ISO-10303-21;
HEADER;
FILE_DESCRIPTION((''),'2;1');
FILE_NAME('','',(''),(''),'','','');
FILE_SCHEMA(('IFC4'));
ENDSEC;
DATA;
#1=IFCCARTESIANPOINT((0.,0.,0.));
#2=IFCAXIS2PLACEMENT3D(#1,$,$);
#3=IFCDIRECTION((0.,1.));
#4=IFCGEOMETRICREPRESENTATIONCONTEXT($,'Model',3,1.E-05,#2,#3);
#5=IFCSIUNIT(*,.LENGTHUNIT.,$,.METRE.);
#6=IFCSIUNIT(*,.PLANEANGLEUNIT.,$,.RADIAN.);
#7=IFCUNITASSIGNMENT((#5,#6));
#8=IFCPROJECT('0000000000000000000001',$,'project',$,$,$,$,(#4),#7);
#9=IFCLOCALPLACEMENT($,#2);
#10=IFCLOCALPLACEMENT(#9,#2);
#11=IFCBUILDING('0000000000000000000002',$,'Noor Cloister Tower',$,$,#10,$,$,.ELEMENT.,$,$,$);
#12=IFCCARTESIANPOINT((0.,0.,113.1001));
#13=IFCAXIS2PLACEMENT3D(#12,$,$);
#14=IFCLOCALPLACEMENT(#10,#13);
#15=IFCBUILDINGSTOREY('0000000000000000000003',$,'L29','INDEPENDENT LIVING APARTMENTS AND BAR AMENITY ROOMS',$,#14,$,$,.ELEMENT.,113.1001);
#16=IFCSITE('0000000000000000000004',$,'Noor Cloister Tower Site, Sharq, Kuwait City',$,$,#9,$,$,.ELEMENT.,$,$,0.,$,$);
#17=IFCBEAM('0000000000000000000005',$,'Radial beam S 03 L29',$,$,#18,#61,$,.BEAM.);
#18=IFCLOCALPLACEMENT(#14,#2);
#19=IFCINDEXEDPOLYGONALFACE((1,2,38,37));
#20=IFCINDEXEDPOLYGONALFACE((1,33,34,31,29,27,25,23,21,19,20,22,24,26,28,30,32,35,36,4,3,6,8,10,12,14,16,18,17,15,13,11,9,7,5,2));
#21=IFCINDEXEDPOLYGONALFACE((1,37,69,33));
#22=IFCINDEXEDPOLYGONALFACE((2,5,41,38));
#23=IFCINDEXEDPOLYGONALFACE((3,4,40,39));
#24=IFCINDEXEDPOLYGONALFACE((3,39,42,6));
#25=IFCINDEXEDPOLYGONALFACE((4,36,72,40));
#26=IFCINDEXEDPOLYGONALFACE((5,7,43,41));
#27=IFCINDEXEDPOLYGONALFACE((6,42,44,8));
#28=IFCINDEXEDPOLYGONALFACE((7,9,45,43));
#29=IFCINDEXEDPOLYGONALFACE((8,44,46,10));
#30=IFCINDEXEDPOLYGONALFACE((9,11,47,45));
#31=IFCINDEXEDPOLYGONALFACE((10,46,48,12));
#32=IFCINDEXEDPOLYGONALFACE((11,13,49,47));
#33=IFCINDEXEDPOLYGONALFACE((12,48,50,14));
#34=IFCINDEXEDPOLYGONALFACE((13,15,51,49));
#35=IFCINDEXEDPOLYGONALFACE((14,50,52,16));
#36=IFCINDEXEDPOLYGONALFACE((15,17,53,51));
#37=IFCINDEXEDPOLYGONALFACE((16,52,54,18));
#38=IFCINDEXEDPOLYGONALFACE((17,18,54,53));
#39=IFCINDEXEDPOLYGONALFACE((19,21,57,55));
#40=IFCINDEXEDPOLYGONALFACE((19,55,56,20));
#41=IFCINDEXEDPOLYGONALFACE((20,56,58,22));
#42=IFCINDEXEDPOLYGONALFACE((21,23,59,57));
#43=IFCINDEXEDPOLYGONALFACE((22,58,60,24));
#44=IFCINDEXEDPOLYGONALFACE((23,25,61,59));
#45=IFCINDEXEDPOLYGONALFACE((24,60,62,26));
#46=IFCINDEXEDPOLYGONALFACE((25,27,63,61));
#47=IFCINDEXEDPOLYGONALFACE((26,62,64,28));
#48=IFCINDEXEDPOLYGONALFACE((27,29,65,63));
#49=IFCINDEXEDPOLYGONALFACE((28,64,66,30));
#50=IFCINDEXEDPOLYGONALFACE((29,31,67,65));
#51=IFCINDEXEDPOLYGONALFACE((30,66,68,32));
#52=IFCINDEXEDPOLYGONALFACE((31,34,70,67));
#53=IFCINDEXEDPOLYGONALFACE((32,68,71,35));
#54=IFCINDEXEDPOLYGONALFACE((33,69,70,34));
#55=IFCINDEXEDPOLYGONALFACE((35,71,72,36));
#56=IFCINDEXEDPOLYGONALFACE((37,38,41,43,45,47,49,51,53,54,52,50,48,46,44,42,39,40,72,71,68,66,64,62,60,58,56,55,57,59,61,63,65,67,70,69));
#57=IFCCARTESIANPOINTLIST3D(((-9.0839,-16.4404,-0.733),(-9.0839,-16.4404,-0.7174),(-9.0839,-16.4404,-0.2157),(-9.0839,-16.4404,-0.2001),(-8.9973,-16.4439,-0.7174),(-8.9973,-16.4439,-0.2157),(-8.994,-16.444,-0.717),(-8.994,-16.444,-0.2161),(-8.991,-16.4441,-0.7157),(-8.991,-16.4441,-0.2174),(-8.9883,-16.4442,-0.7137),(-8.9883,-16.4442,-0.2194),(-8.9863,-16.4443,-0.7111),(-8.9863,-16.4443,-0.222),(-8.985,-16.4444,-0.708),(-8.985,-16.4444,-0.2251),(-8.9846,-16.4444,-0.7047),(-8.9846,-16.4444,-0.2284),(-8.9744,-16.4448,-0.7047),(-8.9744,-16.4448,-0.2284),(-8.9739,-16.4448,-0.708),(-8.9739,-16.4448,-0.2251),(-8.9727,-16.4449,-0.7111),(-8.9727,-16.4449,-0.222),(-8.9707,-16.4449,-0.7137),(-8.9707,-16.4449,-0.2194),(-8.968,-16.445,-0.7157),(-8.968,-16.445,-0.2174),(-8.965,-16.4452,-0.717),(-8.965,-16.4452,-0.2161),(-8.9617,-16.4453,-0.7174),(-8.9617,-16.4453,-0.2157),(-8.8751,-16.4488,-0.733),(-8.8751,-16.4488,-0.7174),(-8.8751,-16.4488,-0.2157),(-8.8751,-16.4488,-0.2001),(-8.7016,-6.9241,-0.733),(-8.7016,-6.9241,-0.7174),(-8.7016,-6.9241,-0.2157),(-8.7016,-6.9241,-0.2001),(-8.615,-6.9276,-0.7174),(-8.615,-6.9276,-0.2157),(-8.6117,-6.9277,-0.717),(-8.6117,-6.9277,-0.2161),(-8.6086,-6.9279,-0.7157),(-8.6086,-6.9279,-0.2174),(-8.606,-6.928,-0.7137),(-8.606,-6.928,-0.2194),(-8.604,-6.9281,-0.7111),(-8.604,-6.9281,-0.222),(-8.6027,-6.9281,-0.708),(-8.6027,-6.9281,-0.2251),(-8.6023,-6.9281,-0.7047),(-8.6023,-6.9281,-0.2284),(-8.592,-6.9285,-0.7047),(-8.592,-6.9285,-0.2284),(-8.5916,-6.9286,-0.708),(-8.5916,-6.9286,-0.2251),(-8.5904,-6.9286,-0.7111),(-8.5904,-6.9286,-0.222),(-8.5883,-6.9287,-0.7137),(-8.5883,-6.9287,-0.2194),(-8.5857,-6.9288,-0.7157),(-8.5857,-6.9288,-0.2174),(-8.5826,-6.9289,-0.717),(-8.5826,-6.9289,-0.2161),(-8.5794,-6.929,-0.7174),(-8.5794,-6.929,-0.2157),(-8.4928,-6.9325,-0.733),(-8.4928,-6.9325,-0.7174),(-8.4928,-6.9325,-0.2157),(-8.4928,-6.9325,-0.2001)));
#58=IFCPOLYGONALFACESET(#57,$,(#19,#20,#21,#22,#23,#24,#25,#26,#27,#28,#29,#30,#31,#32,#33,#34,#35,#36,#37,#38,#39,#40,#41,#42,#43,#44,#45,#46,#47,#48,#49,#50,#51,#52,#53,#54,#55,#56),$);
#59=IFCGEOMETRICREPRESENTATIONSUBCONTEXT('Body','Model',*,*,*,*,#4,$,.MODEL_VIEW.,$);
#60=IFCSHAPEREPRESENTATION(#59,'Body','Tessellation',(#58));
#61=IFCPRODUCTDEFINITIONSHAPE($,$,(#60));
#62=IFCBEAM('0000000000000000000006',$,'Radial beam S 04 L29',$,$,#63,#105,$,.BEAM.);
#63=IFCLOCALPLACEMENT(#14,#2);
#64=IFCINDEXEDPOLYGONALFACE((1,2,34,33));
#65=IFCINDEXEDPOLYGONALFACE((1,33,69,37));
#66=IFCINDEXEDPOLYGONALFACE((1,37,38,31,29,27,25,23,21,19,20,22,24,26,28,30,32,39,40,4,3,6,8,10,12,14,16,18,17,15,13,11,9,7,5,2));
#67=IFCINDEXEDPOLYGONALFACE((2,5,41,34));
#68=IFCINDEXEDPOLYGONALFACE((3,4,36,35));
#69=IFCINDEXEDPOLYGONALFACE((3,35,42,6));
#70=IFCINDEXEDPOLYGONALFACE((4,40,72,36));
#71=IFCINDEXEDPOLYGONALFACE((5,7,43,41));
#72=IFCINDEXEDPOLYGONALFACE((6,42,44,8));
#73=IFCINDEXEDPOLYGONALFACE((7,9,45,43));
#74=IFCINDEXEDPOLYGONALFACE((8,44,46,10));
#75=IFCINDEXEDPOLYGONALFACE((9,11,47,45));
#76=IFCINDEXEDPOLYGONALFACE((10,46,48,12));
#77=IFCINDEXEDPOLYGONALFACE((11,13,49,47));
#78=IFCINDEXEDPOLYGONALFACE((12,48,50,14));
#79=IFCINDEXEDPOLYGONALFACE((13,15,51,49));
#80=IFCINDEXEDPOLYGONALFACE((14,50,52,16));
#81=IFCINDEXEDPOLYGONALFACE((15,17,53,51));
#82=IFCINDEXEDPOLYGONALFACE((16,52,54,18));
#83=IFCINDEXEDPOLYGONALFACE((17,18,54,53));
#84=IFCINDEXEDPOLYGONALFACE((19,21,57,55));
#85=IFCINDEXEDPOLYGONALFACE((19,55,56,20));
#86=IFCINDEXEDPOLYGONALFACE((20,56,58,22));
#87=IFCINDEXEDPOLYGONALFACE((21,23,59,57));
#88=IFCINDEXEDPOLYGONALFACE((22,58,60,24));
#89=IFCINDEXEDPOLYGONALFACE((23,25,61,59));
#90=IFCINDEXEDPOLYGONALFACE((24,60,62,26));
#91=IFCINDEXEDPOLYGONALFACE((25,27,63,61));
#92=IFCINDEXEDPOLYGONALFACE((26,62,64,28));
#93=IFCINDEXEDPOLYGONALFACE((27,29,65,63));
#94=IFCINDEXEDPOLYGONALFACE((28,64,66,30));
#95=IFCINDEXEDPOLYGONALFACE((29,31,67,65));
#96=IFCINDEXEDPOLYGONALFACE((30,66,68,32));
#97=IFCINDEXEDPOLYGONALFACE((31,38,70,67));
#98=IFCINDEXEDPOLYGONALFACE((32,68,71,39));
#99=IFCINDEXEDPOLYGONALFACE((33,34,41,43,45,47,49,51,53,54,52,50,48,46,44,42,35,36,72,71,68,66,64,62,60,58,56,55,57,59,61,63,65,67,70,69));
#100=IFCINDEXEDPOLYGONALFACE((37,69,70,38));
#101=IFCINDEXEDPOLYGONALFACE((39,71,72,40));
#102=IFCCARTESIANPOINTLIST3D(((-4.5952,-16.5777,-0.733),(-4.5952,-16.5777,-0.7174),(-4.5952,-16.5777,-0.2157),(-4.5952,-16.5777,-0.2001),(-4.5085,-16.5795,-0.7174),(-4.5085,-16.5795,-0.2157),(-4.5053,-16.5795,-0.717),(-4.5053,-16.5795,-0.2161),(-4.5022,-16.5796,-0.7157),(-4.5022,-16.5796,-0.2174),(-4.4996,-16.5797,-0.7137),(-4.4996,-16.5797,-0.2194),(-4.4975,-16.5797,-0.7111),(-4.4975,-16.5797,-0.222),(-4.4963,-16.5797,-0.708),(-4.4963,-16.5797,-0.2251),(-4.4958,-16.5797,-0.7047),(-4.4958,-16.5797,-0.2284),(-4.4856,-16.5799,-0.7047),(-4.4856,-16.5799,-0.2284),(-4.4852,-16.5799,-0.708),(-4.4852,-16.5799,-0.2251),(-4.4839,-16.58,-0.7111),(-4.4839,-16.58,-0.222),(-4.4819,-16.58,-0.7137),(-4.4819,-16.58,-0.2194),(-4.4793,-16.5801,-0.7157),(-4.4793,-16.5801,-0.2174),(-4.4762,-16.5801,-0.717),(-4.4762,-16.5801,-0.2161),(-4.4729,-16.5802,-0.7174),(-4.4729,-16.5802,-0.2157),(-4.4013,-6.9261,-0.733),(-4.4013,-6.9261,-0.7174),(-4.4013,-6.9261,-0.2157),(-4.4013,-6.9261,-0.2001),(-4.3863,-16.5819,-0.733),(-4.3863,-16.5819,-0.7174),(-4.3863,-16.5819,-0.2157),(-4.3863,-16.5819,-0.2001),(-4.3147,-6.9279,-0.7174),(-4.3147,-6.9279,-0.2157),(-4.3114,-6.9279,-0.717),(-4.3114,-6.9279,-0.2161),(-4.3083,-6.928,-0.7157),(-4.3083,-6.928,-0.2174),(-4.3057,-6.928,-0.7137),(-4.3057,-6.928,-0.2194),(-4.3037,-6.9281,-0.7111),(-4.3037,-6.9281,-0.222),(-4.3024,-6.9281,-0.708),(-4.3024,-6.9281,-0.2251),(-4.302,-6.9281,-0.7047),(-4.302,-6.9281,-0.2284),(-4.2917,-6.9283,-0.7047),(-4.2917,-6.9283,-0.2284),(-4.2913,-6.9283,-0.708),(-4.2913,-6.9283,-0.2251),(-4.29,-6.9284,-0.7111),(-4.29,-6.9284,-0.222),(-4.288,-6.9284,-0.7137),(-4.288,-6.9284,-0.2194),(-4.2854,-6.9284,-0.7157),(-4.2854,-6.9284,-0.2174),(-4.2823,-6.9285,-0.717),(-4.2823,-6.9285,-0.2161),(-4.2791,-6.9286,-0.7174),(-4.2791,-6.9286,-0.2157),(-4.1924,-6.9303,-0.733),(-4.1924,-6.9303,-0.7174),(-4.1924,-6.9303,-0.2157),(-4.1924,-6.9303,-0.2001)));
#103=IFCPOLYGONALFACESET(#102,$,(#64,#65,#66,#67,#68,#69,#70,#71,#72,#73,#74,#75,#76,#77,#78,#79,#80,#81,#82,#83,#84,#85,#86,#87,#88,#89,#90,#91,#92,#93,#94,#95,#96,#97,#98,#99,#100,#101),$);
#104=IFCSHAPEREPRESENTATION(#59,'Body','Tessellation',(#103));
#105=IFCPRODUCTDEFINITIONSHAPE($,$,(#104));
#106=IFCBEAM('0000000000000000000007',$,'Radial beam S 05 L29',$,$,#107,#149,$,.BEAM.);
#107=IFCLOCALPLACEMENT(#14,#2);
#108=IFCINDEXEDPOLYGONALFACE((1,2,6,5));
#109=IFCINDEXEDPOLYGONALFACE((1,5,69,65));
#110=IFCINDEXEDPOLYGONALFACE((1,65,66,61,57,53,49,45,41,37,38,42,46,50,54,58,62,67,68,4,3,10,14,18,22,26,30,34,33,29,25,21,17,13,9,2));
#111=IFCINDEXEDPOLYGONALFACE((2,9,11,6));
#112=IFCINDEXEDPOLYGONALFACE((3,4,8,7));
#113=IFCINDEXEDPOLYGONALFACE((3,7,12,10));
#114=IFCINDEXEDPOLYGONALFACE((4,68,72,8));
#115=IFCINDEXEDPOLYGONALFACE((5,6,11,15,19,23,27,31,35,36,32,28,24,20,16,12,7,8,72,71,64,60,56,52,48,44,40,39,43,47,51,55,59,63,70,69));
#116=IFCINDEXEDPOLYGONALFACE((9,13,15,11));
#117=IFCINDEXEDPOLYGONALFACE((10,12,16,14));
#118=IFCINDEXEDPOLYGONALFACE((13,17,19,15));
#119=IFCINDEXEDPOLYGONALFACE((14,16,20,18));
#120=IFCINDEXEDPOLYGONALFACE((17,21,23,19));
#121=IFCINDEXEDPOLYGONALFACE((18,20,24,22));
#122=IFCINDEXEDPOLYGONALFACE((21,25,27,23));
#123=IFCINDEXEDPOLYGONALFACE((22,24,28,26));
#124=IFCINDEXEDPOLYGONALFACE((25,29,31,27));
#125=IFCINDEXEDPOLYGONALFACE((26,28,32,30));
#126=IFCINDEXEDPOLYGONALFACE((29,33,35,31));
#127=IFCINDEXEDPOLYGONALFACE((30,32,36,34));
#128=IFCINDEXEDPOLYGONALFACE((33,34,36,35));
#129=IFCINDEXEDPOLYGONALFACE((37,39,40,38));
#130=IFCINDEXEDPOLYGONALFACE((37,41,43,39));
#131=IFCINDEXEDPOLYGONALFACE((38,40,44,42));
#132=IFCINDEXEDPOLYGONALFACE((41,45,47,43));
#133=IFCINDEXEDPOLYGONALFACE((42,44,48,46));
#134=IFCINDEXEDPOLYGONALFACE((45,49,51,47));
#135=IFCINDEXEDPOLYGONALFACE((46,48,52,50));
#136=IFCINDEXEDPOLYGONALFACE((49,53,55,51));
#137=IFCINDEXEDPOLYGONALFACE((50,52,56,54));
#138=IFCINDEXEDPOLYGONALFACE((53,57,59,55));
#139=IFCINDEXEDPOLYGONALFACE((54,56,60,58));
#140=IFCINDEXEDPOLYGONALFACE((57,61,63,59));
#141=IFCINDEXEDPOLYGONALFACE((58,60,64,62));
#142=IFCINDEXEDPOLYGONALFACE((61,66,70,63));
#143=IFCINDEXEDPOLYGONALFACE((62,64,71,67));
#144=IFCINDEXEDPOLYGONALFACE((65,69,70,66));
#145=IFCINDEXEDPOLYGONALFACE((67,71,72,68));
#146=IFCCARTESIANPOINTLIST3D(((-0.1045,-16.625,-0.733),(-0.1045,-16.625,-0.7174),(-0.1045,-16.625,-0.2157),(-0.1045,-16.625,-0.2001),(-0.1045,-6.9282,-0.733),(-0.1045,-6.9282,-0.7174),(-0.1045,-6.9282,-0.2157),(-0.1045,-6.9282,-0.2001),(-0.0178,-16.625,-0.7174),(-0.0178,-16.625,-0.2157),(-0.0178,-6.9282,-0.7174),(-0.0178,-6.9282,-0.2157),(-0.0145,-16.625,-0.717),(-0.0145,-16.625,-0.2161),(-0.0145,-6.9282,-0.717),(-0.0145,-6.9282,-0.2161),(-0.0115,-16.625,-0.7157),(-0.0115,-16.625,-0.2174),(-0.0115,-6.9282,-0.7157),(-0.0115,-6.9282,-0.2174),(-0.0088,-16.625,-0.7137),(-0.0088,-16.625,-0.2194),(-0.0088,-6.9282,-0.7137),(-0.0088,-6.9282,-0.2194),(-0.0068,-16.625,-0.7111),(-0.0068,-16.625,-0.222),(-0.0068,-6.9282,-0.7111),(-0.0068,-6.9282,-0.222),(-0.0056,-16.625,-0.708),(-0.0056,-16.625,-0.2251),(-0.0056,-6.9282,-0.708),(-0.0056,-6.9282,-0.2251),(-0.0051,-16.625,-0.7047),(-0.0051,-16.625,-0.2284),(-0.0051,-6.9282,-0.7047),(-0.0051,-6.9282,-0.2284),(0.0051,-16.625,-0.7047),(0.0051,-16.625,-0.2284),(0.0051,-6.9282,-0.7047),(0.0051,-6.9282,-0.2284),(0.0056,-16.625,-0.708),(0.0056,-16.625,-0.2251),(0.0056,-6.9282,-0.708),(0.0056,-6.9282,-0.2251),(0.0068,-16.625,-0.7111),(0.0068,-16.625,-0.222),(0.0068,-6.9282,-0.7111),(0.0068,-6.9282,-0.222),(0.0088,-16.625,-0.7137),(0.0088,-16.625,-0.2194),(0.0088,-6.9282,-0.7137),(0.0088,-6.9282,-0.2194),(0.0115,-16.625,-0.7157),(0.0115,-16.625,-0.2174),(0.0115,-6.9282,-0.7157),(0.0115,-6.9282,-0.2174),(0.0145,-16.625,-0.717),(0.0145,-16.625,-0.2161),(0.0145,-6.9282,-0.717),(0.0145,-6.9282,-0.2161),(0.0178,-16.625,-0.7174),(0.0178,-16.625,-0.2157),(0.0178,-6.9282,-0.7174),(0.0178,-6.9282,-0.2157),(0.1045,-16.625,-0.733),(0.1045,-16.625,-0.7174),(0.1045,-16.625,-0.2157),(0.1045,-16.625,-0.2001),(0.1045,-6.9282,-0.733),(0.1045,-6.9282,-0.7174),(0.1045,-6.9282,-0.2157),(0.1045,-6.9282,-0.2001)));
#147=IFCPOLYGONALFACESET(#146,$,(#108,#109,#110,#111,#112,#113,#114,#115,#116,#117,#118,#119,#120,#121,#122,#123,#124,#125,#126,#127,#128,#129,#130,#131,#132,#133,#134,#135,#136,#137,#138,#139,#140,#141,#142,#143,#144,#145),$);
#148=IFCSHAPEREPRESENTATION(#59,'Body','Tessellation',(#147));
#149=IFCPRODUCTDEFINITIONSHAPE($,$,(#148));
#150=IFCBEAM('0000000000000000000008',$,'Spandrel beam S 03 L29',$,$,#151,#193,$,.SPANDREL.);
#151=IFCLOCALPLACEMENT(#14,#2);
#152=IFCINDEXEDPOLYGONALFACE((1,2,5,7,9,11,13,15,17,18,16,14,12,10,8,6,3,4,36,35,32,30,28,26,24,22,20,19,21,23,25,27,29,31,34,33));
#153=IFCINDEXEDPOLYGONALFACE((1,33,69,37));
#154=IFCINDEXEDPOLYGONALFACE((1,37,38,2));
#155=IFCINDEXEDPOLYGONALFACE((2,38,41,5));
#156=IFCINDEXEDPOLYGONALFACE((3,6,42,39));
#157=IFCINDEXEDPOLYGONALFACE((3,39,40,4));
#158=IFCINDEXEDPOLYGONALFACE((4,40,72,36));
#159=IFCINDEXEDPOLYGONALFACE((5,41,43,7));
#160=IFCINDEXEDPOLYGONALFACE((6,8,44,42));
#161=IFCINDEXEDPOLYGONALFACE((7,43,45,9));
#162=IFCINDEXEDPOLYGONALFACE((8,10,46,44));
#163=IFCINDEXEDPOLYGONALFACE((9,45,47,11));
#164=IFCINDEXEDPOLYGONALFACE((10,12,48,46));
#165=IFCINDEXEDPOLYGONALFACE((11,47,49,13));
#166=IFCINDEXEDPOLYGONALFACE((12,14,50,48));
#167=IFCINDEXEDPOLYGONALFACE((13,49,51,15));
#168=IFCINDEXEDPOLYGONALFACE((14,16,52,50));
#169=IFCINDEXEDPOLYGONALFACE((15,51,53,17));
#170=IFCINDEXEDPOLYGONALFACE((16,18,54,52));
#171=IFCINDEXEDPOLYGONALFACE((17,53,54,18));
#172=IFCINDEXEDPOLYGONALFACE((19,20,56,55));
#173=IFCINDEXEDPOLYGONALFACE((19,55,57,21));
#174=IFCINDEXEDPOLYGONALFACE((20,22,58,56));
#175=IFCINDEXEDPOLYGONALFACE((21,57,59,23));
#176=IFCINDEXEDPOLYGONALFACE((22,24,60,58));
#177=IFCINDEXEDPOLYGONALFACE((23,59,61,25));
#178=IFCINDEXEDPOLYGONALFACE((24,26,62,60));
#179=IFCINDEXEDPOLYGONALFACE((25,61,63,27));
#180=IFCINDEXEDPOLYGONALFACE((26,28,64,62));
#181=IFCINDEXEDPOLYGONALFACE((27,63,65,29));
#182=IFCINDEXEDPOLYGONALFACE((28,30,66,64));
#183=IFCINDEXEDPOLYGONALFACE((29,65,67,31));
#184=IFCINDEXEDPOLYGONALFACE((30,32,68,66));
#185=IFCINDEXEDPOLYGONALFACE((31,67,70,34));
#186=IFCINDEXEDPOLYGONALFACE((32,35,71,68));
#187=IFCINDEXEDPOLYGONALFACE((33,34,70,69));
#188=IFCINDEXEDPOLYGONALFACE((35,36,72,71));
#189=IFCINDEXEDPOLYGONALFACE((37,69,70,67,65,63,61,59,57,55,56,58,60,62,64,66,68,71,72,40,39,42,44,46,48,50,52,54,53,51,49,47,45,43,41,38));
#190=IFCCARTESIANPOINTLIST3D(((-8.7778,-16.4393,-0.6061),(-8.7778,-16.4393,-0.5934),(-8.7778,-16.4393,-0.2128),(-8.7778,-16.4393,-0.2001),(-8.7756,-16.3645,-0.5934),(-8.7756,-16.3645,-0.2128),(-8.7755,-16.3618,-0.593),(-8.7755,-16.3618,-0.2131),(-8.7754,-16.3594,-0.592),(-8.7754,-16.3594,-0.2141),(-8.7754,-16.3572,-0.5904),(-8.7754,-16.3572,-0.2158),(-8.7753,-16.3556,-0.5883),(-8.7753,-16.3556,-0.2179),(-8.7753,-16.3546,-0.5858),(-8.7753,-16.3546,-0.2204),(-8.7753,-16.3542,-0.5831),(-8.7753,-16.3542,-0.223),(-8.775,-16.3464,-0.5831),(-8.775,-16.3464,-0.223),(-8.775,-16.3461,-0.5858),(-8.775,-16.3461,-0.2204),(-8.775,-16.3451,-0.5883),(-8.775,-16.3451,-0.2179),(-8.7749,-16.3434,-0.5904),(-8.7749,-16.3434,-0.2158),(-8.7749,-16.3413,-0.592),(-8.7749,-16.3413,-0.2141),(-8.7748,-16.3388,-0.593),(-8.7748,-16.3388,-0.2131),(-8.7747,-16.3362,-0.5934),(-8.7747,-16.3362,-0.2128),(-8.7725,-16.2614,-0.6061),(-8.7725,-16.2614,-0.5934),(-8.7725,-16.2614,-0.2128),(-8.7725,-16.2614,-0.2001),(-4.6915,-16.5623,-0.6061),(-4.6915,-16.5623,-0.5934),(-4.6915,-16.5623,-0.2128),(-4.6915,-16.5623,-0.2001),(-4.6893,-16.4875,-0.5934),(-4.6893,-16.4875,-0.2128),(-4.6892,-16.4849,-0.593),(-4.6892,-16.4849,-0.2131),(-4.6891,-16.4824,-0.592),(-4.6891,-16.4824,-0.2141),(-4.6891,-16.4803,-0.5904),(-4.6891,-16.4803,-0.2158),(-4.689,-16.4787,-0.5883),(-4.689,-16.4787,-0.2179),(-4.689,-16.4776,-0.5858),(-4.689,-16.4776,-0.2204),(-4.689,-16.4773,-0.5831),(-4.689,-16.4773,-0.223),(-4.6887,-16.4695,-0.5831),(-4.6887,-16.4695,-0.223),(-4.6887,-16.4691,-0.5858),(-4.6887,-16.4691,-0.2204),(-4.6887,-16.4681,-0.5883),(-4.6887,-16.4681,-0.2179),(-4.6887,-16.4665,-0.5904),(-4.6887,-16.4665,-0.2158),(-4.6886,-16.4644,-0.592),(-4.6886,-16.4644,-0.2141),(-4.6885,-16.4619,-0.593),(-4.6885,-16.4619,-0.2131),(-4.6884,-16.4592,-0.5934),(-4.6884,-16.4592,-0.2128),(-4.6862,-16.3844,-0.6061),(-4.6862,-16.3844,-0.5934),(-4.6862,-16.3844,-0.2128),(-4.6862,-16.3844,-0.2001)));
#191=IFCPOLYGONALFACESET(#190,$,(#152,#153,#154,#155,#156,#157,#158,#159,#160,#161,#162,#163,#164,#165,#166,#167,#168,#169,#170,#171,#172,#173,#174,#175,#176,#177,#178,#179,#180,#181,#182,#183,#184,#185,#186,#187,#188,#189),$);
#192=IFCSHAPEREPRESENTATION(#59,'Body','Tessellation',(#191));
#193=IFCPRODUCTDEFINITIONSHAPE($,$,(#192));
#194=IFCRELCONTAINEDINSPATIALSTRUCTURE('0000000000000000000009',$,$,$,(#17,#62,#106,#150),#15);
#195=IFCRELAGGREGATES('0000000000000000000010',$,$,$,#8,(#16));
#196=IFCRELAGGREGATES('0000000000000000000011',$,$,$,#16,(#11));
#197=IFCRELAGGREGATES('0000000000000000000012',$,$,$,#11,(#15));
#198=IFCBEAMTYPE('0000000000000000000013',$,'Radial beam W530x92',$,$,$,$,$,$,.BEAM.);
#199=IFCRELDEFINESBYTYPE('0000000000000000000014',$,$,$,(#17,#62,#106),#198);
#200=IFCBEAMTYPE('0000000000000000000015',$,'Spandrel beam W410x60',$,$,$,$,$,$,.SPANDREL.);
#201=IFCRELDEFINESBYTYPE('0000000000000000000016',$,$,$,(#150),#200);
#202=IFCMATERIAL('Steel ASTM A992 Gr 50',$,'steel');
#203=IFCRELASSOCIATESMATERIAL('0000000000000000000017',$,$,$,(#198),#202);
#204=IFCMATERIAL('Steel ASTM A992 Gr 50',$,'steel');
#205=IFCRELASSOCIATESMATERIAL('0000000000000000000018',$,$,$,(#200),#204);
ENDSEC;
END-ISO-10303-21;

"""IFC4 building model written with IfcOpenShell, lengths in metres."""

from ifc_helpers import new_model, si_unit, direction, frame, origin, origin_2d, place, context, subcontext, project, spatial, i_section, extrude, material, material_profile, profile_set, type_object, element, save


model = new_model("IFC4")

# Units and contexts
model_context = context("Model", 3, precision=1e-05, world=origin(), true_north=direction((0.0, 1.0)))
body_context = subcontext(model_context, "Body", "Model", "MODEL_VIEW")
ifc_project = project(units=[si_unit("LENGTHUNIT", "METRE"), si_unit("PLANEANGLEUNIT", "RADIAN")], contexts=[model_context])

# Site, building, storey
site_placement = place(None, origin())
site = spatial("IfcSite", under=ifc_project, at=site_placement, Name="Noor Cloister Tower Site, Sharq, Kuwait City", CompositionType="ELEMENT", RefElevation=0.0)
building_placement = place(site_placement, origin())
building = spatial("IfcBuilding", under=site, at=building_placement, Name="Noor Cloister Tower", CompositionType="ELEMENT")
storey_placement = place(building_placement, frame((0.0, 0.0, 113.1001)))
storey = spatial("IfcBuildingStorey", under=building, at=storey_placement, Name="L29", Description="INDEPENDENT LIVING APARTMENTS AND BAR AMENITY ROOMS", CompositionType="ELEMENT", Elevation=113.1001)

# Beams
ifc_material_1 = material(Name="Steel ASTM A992 Gr 50", Category="steel")
ifc_material_profile_1 = material_profile(ifc_material_1, i_section(OverallWidth=0.209, OverallDepth=0.533, WebThickness=0.0103, FlangeThickness=0.0156, FilletRadius=0.0127, at=origin_2d()), Name="W530x92")
ifc_profile_set_1 = profile_set([ifc_material_profile_1], Name="Steel ASTM A992 Gr 50")
beam_type_1 = type_object("IfcBeamType", Name="Radial beam W530x92", PredefinedType="BEAM", material=ifc_profile_set_1)
beam_1_placement = place(storey_placement, frame((-8.9795, -16.4446, -0.4666), z_axis=(0.040143, 0.999194, 0.0), x_axis=(-0.999194, 0.040143, 0.0)))
element("IfcBeam", 1, at=beam_1_placement, inside=storey, type_object=beam_type_1, Name="Radial beam S 03 L29", PredefinedType="BEAM", context=body_context, shape_type="SweptSolid", body=[
    extrude(i_section(OverallWidth=0.209, OverallDepth=0.533, WebThickness=0.0103, FlangeThickness=0.0156, FilletRadius=0.0127, at=origin_2d()), origin(), (0.0, 0.0, 1.0), 9.5239),
])
beam_2_placement = place(storey_placement, frame((-4.4907, -16.5798, -0.4666), z_axis=(0.02008, 0.999798, 0.0), x_axis=(-0.999798, 0.02008, 0.0)))
element("IfcBeam", 2, at=beam_2_placement, inside=storey, type_object=beam_type_1, Name="Radial beam S 04 L29", PredefinedType="BEAM", context=body_context, shape_type="SweptSolid", body=[
    extrude(i_section(OverallWidth=0.209, OverallDepth=0.533, WebThickness=0.0103, FlangeThickness=0.0156, FilletRadius=0.0127, at=origin_2d()), origin(), (0.0, 0.0, 1.0), 9.6536),
])
beam_3_placement = place(storey_placement, frame((0.0, -16.625, -0.4666), z_axis=(0.0, 1.0, 0.0), x_axis=(-1.0, 0.0, 0.0)))
element("IfcBeam", 3, at=beam_3_placement, inside=storey, type_object=beam_type_1, Name="Radial beam S 05 L29", PredefinedType="BEAM", context=body_context, shape_type="SweptSolid", body=[
    extrude(i_section(OverallWidth=0.209, OverallDepth=0.533, WebThickness=0.0103, FlangeThickness=0.0156, FilletRadius=0.0127, at=origin_2d()), origin(), (0.0, 0.0, 1.0), 9.6968),
])
ifc_material_2 = material(Name="Steel ASTM A992 Gr 50", Category="steel")
ifc_material_profile_2 = material_profile(ifc_material_2, i_section(OverallWidth=0.178, OverallDepth=0.406, WebThickness=0.0078, FlangeThickness=0.0127, FilletRadius=0.0103, at=origin_2d()), Name="W410x60")
ifc_profile_set_2 = profile_set([ifc_material_profile_2], Name="Steel ASTM A992 Gr 50")
beam_type_2 = type_object("IfcBeamType", Name="Spandrel beam W410x60", PredefinedType="SPANDREL", material=ifc_profile_set_2)
beam_4_placement = place(storey_placement, frame((-8.7751, -16.3503, -0.4031), z_axis=(0.999547, -0.030099, 0.0), x_axis=(0.030099, 0.999547, 0.0)))
element("IfcBeam", 4, at=beam_4_placement, inside=storey, type_object=beam_type_2, Name="Spandrel beam S 03 L29", PredefinedType="SPANDREL", context=body_context, shape_type="SweptSolid", body=[
    extrude(i_section(OverallWidth=0.178, OverallDepth=0.406, WebThickness=0.0078, FlangeThickness=0.0127, FilletRadius=0.0103, at=origin_2d()), origin(), (0.0, 0.0, 1.0), 4.0881),
])

save(model, "model.ifc")
